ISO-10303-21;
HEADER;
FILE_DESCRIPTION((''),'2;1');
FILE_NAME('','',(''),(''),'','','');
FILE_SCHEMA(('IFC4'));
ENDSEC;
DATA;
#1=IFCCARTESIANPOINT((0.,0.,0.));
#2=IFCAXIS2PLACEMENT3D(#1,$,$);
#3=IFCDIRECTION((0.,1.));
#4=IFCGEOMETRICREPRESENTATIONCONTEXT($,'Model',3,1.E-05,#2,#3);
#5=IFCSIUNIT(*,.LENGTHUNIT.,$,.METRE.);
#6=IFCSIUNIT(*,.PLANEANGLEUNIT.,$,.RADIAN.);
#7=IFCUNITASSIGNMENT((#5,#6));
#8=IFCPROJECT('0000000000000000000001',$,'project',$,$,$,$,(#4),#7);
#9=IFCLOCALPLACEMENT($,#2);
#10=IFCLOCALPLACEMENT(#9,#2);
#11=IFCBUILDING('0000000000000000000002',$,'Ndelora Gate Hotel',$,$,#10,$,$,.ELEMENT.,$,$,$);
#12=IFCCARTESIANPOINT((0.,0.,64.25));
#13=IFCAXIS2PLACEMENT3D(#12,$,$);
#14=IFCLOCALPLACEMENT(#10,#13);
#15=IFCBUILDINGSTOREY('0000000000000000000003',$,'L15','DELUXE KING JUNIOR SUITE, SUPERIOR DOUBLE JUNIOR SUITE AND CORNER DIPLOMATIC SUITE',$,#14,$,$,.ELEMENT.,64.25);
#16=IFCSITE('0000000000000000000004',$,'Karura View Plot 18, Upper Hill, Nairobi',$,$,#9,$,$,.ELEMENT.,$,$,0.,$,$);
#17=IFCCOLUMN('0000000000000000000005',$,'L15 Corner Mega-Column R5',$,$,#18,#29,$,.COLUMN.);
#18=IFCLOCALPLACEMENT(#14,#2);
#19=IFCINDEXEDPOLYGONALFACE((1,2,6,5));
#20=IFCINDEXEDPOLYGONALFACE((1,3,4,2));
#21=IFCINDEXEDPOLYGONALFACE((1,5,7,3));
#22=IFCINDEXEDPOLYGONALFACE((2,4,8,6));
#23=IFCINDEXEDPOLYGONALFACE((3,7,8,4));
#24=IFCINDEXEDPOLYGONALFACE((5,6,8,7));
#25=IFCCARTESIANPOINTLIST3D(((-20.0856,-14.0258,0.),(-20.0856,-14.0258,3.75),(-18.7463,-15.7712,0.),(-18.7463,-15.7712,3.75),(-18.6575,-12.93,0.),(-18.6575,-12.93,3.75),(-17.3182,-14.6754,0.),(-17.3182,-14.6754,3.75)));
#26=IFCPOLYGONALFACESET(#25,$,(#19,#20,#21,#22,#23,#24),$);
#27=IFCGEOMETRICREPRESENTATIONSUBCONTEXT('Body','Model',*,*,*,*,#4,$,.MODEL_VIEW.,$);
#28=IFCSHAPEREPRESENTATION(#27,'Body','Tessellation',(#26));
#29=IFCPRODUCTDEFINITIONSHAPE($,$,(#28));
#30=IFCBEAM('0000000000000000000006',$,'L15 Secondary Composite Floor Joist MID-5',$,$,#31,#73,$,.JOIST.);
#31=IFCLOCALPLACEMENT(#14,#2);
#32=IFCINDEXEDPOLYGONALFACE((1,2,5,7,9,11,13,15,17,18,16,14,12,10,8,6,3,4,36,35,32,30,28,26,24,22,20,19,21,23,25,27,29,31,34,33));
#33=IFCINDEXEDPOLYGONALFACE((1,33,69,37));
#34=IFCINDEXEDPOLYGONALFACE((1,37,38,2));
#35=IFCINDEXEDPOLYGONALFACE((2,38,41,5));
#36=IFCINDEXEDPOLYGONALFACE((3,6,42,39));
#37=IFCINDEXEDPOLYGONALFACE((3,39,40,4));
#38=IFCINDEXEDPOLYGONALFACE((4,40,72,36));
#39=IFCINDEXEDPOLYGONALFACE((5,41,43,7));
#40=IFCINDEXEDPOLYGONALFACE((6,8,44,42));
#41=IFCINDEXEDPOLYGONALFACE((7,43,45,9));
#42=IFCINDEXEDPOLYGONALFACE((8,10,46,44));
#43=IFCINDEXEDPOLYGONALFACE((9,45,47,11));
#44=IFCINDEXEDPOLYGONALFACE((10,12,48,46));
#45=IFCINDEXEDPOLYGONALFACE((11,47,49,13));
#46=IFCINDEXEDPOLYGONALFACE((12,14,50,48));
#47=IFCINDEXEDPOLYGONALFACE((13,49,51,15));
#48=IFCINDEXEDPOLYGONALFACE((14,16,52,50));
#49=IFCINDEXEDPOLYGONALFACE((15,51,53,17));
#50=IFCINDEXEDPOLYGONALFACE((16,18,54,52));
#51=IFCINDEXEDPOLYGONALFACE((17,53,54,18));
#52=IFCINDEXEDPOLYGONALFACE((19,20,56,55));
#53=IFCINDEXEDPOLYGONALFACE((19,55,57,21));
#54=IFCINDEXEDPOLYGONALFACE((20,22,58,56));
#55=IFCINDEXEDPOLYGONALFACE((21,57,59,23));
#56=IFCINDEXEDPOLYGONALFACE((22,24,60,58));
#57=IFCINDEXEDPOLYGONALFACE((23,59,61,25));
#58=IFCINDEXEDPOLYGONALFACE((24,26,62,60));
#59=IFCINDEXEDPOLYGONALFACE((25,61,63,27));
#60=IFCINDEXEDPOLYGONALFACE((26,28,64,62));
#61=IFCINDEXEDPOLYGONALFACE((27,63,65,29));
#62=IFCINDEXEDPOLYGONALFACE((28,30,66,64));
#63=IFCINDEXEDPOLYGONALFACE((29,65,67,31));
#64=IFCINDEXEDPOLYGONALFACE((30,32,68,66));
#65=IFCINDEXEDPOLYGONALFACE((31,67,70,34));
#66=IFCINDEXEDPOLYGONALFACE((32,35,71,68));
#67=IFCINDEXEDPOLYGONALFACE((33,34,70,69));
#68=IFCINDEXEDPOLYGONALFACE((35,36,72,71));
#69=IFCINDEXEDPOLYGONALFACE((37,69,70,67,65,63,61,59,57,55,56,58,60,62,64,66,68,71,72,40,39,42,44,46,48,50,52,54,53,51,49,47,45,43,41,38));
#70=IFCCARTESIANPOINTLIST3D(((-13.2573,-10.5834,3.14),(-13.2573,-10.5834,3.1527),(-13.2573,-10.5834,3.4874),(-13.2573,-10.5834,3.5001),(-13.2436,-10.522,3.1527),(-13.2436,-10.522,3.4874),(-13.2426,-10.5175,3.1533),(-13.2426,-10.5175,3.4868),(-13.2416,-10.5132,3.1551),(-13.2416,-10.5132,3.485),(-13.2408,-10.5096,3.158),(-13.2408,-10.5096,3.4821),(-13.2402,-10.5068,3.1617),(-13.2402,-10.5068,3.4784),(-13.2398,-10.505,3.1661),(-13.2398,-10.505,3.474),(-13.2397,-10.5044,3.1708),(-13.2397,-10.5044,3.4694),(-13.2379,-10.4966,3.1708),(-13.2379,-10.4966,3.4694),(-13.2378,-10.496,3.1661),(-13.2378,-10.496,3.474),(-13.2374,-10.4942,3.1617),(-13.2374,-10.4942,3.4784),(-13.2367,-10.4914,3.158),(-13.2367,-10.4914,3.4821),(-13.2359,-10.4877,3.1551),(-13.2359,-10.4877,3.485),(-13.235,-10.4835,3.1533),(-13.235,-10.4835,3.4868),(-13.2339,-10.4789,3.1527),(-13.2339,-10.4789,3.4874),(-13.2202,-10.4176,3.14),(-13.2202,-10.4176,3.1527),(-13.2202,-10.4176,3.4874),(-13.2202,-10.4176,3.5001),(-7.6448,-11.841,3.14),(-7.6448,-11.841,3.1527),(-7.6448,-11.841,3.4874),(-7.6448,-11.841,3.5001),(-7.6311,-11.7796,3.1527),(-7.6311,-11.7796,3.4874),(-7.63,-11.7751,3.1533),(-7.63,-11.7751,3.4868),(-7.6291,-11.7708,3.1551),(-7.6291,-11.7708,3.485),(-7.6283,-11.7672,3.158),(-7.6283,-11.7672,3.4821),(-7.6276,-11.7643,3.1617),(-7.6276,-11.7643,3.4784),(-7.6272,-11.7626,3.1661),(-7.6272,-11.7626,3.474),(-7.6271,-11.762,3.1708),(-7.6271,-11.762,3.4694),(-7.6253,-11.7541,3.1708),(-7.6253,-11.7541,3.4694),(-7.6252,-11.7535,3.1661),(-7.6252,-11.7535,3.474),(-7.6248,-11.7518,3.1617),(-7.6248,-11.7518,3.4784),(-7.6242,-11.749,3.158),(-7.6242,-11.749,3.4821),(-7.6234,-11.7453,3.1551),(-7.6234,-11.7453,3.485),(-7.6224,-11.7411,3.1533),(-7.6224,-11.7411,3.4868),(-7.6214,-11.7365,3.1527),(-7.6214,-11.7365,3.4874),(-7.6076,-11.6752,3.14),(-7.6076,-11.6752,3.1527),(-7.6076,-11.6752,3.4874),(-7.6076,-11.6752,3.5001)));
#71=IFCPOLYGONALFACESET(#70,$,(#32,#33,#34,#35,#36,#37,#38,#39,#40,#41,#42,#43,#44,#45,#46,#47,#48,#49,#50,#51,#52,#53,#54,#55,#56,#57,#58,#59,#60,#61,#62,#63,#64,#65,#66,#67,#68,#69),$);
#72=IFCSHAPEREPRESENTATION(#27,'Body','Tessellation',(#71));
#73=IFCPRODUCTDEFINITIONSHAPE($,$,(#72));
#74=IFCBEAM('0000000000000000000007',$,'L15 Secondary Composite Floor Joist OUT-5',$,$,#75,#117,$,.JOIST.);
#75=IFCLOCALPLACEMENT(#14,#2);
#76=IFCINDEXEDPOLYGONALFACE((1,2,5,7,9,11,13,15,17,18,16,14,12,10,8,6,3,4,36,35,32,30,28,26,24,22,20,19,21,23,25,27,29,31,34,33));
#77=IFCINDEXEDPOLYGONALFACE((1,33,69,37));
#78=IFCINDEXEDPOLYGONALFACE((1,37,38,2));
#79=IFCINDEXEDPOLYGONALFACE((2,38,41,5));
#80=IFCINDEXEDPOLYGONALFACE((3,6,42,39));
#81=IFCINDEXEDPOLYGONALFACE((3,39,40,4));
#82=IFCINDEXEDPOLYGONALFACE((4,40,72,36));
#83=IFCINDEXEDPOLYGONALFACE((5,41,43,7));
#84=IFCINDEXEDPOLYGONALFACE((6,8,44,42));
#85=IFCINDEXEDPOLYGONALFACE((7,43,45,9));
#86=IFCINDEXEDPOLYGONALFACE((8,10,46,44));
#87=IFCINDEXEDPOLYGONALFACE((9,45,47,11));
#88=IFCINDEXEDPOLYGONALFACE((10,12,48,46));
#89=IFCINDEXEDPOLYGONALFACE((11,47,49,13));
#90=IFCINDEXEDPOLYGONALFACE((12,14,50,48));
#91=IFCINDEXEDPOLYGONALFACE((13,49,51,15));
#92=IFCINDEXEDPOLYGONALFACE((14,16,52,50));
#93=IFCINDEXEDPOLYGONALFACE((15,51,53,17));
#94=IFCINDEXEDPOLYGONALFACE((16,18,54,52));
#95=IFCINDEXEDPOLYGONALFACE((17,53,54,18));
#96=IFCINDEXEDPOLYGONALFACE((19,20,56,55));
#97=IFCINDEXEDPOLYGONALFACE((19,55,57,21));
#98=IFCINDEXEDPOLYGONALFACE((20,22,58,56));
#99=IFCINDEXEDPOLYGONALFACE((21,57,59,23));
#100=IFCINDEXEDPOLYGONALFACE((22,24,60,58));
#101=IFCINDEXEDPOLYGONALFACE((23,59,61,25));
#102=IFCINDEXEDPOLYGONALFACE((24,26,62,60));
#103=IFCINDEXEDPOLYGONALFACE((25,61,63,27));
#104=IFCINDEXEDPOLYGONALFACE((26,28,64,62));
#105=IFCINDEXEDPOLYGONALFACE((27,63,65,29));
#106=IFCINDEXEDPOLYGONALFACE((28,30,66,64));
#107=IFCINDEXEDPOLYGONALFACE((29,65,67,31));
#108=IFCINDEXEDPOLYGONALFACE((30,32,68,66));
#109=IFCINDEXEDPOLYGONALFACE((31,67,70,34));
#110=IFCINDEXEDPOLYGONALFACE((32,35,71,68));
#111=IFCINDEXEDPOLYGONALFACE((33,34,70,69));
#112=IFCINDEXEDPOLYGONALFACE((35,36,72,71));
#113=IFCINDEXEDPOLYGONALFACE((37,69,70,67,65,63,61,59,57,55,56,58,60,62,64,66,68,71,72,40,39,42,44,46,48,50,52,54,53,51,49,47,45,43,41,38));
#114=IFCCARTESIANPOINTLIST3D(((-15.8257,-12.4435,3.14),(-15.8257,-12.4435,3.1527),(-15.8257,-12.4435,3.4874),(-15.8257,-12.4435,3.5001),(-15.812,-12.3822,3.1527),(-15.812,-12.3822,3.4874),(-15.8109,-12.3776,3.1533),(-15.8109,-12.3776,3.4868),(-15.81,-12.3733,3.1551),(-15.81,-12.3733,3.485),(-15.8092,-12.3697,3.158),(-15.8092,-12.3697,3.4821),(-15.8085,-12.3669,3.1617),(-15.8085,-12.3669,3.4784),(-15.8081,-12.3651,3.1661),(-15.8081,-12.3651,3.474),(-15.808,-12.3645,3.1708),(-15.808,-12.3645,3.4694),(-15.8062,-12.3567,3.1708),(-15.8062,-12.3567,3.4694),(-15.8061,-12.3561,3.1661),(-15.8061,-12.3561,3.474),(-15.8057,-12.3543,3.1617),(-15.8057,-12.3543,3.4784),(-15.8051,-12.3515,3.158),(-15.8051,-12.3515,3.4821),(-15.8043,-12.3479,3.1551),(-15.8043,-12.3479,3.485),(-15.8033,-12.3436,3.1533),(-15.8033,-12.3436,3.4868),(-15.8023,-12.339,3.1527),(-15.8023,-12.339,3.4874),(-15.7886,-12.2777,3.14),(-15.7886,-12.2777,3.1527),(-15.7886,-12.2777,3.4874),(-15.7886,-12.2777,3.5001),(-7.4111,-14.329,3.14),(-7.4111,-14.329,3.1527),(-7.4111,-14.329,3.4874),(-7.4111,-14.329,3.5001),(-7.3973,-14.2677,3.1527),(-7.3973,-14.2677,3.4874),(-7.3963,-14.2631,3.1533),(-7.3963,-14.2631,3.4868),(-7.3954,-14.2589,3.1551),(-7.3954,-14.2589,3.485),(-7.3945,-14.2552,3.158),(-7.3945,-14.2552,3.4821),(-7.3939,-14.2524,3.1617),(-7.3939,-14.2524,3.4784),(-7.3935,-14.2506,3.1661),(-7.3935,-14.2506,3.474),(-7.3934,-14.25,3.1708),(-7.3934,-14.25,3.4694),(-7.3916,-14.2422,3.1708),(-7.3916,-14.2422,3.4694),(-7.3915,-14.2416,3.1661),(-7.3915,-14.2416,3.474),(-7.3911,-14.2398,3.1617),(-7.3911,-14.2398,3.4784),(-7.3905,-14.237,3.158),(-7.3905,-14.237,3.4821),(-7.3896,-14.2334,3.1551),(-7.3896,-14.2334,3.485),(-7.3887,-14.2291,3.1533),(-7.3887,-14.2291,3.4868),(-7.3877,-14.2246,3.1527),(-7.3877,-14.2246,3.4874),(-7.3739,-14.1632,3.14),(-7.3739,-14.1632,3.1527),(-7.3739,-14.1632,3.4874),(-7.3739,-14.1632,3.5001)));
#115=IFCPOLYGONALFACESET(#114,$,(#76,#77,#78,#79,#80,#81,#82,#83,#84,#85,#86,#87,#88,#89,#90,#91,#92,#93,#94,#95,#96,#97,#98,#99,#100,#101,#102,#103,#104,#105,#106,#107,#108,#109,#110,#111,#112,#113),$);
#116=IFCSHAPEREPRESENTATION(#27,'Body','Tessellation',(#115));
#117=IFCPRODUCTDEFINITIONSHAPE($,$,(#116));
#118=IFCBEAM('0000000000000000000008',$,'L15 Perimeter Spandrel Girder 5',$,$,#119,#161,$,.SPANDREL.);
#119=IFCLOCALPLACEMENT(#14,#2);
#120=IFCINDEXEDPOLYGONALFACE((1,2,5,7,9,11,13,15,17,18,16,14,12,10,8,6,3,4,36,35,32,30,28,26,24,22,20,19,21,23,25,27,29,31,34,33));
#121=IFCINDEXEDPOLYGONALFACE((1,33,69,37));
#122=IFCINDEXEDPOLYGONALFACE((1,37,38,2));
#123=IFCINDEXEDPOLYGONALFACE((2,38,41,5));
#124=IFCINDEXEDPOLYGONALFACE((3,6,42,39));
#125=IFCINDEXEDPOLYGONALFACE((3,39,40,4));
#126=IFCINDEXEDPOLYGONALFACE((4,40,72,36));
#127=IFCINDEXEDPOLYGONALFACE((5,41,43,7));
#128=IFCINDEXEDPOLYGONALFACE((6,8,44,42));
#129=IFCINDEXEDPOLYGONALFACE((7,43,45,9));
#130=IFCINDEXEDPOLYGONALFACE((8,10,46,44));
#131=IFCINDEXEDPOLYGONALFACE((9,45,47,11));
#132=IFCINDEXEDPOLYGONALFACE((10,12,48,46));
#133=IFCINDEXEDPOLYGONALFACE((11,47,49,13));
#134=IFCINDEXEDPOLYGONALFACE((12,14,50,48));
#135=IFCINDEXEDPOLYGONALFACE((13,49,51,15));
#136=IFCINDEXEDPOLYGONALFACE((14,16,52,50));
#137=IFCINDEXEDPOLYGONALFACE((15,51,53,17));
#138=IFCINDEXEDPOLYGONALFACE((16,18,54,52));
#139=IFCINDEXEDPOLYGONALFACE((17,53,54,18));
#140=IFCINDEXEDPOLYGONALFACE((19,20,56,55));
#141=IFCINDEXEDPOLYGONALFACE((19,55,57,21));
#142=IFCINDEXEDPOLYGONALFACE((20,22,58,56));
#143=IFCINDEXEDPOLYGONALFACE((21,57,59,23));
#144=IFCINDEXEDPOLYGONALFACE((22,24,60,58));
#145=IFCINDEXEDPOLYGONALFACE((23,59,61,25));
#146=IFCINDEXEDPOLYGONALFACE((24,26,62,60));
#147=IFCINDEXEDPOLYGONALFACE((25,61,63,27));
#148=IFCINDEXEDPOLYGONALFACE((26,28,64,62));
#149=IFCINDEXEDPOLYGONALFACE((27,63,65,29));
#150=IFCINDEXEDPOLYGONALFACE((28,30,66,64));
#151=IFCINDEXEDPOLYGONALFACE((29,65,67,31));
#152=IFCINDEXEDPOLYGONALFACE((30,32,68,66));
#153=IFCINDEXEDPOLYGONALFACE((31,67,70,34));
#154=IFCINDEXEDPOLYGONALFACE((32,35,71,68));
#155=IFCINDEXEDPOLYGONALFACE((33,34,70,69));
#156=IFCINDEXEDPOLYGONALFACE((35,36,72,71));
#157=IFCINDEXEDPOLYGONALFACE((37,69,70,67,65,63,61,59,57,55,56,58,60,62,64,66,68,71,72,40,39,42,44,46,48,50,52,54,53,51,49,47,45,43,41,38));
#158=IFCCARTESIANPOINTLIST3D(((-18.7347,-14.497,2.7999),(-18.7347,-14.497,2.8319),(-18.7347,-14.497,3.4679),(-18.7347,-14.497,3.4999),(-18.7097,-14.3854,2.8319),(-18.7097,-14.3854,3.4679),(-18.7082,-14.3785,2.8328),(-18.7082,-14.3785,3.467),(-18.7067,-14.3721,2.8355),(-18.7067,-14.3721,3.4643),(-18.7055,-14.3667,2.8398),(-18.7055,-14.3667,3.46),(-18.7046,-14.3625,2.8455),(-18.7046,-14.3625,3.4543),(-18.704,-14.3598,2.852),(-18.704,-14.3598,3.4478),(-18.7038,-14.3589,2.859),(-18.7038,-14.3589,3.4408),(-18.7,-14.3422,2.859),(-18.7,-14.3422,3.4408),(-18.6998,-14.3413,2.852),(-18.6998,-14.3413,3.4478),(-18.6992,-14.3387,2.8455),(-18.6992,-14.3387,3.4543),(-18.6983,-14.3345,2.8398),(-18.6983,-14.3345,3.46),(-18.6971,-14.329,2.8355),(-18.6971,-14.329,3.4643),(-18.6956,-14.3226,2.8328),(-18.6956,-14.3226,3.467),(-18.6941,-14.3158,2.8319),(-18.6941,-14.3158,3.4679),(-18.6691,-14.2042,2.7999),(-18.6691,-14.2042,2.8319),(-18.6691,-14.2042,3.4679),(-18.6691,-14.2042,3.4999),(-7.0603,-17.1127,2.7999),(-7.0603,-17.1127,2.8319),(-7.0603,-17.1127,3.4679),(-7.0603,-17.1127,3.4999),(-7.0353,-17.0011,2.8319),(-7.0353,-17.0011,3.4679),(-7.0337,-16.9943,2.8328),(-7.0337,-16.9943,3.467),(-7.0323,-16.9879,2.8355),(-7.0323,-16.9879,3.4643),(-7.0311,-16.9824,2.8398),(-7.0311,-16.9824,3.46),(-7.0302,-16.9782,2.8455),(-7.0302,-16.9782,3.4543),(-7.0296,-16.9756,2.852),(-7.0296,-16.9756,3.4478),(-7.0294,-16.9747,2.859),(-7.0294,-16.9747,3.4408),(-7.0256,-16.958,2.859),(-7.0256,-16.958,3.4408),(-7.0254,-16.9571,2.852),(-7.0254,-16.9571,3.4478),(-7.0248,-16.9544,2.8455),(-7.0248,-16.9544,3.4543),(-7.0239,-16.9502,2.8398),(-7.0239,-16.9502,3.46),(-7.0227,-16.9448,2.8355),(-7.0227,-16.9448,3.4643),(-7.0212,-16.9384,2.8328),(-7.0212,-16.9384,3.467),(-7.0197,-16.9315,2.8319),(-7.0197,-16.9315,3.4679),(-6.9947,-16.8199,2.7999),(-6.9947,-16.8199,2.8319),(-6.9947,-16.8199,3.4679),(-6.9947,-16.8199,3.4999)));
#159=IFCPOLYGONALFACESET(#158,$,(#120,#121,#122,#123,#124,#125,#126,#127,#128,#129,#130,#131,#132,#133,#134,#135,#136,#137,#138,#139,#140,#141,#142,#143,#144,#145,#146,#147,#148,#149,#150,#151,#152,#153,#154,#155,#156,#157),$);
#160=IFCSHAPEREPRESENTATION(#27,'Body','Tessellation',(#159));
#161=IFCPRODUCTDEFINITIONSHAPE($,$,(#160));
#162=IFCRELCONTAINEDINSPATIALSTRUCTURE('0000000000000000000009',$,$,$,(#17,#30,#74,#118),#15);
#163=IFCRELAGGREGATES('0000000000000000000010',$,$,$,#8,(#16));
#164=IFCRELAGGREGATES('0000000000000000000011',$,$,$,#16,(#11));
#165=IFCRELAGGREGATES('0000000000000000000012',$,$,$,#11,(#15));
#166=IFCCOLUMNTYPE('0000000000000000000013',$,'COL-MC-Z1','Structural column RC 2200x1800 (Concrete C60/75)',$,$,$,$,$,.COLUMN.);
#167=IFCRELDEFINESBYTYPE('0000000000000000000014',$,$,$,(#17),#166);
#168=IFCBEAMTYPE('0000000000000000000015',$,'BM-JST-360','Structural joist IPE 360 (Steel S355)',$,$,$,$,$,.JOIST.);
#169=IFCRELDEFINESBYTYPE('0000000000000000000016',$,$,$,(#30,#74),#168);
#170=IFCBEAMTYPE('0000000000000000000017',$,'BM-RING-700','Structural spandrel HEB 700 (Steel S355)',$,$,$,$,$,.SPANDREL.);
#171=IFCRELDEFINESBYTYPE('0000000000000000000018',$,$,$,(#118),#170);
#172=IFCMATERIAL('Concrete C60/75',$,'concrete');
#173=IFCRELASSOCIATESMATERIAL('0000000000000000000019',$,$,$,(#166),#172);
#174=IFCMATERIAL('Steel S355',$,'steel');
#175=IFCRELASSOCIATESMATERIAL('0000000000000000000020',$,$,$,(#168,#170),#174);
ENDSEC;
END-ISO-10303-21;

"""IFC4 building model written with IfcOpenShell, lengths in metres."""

from ifc_helpers import new_model, si_unit, direction, frame, origin, origin_2d, place, context, subcontext, project, spatial, rectangle, i_section, extrude, material, material_profile, profile_set, type_object, element, save


model = new_model("IFC4")

# Units and contexts
model_context = context("Model", 3, precision=1e-05, world=origin(), true_north=direction((0.0, 1.0)))
body_context = subcontext(model_context, "Body", "Model", "MODEL_VIEW")
ifc_project = project(units=[si_unit("LENGTHUNIT", "METRE"), si_unit("PLANEANGLEUNIT", "RADIAN")], contexts=[model_context])

# Site, building, storey
site_placement = place(None, origin())
site = spatial("IfcSite", under=ifc_project, at=site_placement, Name="Karura View Plot 18, Upper Hill, Nairobi", CompositionType="ELEMENT", RefElevation=0.0)
building_placement = place(site_placement, origin())
building = spatial("IfcBuilding", under=site, at=building_placement, Name="Ndelora Gate Hotel", CompositionType="ELEMENT")
storey_placement = place(building_placement, frame((0.0, 0.0, 64.25)))
storey = spatial("IfcBuildingStorey", under=building, at=storey_placement, Name="L15", Description="DELUXE KING JUNIOR SUITE, SUPERIOR DOUBLE JUNIOR SUITE AND CORNER DIPLOMATIC SUITE", CompositionType="ELEMENT", Elevation=64.25)

# Column
ifc_material_1 = material(Name="Concrete C60/75", Category="concrete")
ifc_material_profile_1 = material_profile(ifc_material_1, rectangle(XDim=1.8, YDim=2.2, at=origin_2d()), Name="RC 2200x1800")
ifc_profile_set_1 = profile_set([ifc_material_profile_1], Name="Concrete C60/75")
column_type = type_object("IfcColumnType", Name="COL-MC-Z1", Description="Structural column RC 2200x1800 (Concrete C60/75)", PredefinedType="COLUMN", material=ifc_profile_set_1)
column_placement = place(storey_placement, frame((-18.7019, -14.3506, 0.0), z_axis=(0.0, 0.0, 1.0), x_axis=(0.793353, 0.608761, 0.0)))
element("IfcColumn", 1, at=column_placement, inside=storey, type_object=column_type, Name="L15 Corner Mega-Column R5", PredefinedType="COLUMN", context=body_context, shape_type="SweptSolid", body=[
    extrude(rectangle(XDim=1.8, YDim=2.2, at=origin_2d()), origin(), (0.0, 0.0, 1.0), 3.75),
])

# Beams
ifc_material_2 = material(Name="Steel S355", Category="steel")
ifc_material_profile_2 = material_profile(ifc_material_2, i_section(OverallWidth=0.1699, OverallDepth=0.3601, WebThickness=0.0081, FlangeThickness=0.0127, FilletRadius=0.0181, at=origin_2d()), Name="IPE 360")
ifc_profile_set_2 = profile_set([ifc_material_profile_2], Name="Steel S355")
beam_type_1 = type_object("IfcBeamType", Name="BM-JST-360", Description="Structural joist IPE 360 (Steel S355)", PredefinedType="JOIST", material=ifc_profile_set_2)
beam_1_placement = place(storey_placement, frame((-13.2388, -10.5005, 3.3201), z_axis=(0.975805, -0.218642, 0.0), x_axis=(0.218642, 0.975805, 0.0)))
element("IfcBeam", 2, at=beam_1_placement, inside=storey, type_object=beam_type_1, Name="L15 Secondary Composite Floor Joist MID-5", PredefinedType="JOIST", context=body_context, shape_type="SweptSolid", body=[
    extrude(i_section(OverallWidth=0.1699, OverallDepth=0.3601, WebThickness=0.0081, FlangeThickness=0.0127, FilletRadius=0.0181, at=origin_2d()), origin(), (0.0, 0.0, 1.0), 5.7517),
])
beam_2_placement = place(storey_placement, frame((-15.8071, -12.3606, 3.3201), z_axis=(0.975802, -0.218654, 0.0), x_axis=(0.218654, 0.975802, 0.0)))
element("IfcBeam", 3, at=beam_2_placement, inside=storey, type_object=beam_type_1, Name="L15 Secondary Composite Floor Joist OUT-5", PredefinedType="JOIST", context=body_context, shape_type="SweptSolid", body=[
    extrude(i_section(OverallWidth=0.1699, OverallDepth=0.3601, WebThickness=0.0081, FlangeThickness=0.0127, FilletRadius=0.0181, at=origin_2d()), origin(), (0.0, 0.0, 1.0), 8.6233),
])
ifc_material_profile_3 = material_profile(ifc_material_2, i_section(OverallWidth=0.3, OverallDepth=0.7, WebThickness=0.0171, FlangeThickness=0.032, FilletRadius=0.0271, at=origin_2d()), Name="HEB 700")
ifc_profile_set_3 = profile_set([ifc_material_profile_3], Name="Steel S355")
beam_type_2 = type_object("IfcBeamType", Name="BM-RING-700", Description="Structural spandrel HEB 700 (Steel S355)", PredefinedType="SPANDREL", material=ifc_profile_set_3)
beam_3_placement = place(storey_placement, frame((-18.7019, -14.3506, 3.1499), z_axis=(0.975806, -0.218637, 0.0), x_axis=(0.218637, 0.975806, 0.0)))
element("IfcBeam", 4, at=beam_3_placement, inside=storey, type_object=beam_type_2, Name="L15 Perimeter Spandrel Girder 5", PredefinedType="SPANDREL", context=body_context, shape_type="SweptSolid", body=[
    extrude(i_section(OverallWidth=0.3, OverallDepth=0.7, WebThickness=0.0171, FlangeThickness=0.032, FilletRadius=0.0271, at=origin_2d()), origin(), (0.0, 0.0, 1.0), 11.9639),
])

save(model, "model.ifc")
